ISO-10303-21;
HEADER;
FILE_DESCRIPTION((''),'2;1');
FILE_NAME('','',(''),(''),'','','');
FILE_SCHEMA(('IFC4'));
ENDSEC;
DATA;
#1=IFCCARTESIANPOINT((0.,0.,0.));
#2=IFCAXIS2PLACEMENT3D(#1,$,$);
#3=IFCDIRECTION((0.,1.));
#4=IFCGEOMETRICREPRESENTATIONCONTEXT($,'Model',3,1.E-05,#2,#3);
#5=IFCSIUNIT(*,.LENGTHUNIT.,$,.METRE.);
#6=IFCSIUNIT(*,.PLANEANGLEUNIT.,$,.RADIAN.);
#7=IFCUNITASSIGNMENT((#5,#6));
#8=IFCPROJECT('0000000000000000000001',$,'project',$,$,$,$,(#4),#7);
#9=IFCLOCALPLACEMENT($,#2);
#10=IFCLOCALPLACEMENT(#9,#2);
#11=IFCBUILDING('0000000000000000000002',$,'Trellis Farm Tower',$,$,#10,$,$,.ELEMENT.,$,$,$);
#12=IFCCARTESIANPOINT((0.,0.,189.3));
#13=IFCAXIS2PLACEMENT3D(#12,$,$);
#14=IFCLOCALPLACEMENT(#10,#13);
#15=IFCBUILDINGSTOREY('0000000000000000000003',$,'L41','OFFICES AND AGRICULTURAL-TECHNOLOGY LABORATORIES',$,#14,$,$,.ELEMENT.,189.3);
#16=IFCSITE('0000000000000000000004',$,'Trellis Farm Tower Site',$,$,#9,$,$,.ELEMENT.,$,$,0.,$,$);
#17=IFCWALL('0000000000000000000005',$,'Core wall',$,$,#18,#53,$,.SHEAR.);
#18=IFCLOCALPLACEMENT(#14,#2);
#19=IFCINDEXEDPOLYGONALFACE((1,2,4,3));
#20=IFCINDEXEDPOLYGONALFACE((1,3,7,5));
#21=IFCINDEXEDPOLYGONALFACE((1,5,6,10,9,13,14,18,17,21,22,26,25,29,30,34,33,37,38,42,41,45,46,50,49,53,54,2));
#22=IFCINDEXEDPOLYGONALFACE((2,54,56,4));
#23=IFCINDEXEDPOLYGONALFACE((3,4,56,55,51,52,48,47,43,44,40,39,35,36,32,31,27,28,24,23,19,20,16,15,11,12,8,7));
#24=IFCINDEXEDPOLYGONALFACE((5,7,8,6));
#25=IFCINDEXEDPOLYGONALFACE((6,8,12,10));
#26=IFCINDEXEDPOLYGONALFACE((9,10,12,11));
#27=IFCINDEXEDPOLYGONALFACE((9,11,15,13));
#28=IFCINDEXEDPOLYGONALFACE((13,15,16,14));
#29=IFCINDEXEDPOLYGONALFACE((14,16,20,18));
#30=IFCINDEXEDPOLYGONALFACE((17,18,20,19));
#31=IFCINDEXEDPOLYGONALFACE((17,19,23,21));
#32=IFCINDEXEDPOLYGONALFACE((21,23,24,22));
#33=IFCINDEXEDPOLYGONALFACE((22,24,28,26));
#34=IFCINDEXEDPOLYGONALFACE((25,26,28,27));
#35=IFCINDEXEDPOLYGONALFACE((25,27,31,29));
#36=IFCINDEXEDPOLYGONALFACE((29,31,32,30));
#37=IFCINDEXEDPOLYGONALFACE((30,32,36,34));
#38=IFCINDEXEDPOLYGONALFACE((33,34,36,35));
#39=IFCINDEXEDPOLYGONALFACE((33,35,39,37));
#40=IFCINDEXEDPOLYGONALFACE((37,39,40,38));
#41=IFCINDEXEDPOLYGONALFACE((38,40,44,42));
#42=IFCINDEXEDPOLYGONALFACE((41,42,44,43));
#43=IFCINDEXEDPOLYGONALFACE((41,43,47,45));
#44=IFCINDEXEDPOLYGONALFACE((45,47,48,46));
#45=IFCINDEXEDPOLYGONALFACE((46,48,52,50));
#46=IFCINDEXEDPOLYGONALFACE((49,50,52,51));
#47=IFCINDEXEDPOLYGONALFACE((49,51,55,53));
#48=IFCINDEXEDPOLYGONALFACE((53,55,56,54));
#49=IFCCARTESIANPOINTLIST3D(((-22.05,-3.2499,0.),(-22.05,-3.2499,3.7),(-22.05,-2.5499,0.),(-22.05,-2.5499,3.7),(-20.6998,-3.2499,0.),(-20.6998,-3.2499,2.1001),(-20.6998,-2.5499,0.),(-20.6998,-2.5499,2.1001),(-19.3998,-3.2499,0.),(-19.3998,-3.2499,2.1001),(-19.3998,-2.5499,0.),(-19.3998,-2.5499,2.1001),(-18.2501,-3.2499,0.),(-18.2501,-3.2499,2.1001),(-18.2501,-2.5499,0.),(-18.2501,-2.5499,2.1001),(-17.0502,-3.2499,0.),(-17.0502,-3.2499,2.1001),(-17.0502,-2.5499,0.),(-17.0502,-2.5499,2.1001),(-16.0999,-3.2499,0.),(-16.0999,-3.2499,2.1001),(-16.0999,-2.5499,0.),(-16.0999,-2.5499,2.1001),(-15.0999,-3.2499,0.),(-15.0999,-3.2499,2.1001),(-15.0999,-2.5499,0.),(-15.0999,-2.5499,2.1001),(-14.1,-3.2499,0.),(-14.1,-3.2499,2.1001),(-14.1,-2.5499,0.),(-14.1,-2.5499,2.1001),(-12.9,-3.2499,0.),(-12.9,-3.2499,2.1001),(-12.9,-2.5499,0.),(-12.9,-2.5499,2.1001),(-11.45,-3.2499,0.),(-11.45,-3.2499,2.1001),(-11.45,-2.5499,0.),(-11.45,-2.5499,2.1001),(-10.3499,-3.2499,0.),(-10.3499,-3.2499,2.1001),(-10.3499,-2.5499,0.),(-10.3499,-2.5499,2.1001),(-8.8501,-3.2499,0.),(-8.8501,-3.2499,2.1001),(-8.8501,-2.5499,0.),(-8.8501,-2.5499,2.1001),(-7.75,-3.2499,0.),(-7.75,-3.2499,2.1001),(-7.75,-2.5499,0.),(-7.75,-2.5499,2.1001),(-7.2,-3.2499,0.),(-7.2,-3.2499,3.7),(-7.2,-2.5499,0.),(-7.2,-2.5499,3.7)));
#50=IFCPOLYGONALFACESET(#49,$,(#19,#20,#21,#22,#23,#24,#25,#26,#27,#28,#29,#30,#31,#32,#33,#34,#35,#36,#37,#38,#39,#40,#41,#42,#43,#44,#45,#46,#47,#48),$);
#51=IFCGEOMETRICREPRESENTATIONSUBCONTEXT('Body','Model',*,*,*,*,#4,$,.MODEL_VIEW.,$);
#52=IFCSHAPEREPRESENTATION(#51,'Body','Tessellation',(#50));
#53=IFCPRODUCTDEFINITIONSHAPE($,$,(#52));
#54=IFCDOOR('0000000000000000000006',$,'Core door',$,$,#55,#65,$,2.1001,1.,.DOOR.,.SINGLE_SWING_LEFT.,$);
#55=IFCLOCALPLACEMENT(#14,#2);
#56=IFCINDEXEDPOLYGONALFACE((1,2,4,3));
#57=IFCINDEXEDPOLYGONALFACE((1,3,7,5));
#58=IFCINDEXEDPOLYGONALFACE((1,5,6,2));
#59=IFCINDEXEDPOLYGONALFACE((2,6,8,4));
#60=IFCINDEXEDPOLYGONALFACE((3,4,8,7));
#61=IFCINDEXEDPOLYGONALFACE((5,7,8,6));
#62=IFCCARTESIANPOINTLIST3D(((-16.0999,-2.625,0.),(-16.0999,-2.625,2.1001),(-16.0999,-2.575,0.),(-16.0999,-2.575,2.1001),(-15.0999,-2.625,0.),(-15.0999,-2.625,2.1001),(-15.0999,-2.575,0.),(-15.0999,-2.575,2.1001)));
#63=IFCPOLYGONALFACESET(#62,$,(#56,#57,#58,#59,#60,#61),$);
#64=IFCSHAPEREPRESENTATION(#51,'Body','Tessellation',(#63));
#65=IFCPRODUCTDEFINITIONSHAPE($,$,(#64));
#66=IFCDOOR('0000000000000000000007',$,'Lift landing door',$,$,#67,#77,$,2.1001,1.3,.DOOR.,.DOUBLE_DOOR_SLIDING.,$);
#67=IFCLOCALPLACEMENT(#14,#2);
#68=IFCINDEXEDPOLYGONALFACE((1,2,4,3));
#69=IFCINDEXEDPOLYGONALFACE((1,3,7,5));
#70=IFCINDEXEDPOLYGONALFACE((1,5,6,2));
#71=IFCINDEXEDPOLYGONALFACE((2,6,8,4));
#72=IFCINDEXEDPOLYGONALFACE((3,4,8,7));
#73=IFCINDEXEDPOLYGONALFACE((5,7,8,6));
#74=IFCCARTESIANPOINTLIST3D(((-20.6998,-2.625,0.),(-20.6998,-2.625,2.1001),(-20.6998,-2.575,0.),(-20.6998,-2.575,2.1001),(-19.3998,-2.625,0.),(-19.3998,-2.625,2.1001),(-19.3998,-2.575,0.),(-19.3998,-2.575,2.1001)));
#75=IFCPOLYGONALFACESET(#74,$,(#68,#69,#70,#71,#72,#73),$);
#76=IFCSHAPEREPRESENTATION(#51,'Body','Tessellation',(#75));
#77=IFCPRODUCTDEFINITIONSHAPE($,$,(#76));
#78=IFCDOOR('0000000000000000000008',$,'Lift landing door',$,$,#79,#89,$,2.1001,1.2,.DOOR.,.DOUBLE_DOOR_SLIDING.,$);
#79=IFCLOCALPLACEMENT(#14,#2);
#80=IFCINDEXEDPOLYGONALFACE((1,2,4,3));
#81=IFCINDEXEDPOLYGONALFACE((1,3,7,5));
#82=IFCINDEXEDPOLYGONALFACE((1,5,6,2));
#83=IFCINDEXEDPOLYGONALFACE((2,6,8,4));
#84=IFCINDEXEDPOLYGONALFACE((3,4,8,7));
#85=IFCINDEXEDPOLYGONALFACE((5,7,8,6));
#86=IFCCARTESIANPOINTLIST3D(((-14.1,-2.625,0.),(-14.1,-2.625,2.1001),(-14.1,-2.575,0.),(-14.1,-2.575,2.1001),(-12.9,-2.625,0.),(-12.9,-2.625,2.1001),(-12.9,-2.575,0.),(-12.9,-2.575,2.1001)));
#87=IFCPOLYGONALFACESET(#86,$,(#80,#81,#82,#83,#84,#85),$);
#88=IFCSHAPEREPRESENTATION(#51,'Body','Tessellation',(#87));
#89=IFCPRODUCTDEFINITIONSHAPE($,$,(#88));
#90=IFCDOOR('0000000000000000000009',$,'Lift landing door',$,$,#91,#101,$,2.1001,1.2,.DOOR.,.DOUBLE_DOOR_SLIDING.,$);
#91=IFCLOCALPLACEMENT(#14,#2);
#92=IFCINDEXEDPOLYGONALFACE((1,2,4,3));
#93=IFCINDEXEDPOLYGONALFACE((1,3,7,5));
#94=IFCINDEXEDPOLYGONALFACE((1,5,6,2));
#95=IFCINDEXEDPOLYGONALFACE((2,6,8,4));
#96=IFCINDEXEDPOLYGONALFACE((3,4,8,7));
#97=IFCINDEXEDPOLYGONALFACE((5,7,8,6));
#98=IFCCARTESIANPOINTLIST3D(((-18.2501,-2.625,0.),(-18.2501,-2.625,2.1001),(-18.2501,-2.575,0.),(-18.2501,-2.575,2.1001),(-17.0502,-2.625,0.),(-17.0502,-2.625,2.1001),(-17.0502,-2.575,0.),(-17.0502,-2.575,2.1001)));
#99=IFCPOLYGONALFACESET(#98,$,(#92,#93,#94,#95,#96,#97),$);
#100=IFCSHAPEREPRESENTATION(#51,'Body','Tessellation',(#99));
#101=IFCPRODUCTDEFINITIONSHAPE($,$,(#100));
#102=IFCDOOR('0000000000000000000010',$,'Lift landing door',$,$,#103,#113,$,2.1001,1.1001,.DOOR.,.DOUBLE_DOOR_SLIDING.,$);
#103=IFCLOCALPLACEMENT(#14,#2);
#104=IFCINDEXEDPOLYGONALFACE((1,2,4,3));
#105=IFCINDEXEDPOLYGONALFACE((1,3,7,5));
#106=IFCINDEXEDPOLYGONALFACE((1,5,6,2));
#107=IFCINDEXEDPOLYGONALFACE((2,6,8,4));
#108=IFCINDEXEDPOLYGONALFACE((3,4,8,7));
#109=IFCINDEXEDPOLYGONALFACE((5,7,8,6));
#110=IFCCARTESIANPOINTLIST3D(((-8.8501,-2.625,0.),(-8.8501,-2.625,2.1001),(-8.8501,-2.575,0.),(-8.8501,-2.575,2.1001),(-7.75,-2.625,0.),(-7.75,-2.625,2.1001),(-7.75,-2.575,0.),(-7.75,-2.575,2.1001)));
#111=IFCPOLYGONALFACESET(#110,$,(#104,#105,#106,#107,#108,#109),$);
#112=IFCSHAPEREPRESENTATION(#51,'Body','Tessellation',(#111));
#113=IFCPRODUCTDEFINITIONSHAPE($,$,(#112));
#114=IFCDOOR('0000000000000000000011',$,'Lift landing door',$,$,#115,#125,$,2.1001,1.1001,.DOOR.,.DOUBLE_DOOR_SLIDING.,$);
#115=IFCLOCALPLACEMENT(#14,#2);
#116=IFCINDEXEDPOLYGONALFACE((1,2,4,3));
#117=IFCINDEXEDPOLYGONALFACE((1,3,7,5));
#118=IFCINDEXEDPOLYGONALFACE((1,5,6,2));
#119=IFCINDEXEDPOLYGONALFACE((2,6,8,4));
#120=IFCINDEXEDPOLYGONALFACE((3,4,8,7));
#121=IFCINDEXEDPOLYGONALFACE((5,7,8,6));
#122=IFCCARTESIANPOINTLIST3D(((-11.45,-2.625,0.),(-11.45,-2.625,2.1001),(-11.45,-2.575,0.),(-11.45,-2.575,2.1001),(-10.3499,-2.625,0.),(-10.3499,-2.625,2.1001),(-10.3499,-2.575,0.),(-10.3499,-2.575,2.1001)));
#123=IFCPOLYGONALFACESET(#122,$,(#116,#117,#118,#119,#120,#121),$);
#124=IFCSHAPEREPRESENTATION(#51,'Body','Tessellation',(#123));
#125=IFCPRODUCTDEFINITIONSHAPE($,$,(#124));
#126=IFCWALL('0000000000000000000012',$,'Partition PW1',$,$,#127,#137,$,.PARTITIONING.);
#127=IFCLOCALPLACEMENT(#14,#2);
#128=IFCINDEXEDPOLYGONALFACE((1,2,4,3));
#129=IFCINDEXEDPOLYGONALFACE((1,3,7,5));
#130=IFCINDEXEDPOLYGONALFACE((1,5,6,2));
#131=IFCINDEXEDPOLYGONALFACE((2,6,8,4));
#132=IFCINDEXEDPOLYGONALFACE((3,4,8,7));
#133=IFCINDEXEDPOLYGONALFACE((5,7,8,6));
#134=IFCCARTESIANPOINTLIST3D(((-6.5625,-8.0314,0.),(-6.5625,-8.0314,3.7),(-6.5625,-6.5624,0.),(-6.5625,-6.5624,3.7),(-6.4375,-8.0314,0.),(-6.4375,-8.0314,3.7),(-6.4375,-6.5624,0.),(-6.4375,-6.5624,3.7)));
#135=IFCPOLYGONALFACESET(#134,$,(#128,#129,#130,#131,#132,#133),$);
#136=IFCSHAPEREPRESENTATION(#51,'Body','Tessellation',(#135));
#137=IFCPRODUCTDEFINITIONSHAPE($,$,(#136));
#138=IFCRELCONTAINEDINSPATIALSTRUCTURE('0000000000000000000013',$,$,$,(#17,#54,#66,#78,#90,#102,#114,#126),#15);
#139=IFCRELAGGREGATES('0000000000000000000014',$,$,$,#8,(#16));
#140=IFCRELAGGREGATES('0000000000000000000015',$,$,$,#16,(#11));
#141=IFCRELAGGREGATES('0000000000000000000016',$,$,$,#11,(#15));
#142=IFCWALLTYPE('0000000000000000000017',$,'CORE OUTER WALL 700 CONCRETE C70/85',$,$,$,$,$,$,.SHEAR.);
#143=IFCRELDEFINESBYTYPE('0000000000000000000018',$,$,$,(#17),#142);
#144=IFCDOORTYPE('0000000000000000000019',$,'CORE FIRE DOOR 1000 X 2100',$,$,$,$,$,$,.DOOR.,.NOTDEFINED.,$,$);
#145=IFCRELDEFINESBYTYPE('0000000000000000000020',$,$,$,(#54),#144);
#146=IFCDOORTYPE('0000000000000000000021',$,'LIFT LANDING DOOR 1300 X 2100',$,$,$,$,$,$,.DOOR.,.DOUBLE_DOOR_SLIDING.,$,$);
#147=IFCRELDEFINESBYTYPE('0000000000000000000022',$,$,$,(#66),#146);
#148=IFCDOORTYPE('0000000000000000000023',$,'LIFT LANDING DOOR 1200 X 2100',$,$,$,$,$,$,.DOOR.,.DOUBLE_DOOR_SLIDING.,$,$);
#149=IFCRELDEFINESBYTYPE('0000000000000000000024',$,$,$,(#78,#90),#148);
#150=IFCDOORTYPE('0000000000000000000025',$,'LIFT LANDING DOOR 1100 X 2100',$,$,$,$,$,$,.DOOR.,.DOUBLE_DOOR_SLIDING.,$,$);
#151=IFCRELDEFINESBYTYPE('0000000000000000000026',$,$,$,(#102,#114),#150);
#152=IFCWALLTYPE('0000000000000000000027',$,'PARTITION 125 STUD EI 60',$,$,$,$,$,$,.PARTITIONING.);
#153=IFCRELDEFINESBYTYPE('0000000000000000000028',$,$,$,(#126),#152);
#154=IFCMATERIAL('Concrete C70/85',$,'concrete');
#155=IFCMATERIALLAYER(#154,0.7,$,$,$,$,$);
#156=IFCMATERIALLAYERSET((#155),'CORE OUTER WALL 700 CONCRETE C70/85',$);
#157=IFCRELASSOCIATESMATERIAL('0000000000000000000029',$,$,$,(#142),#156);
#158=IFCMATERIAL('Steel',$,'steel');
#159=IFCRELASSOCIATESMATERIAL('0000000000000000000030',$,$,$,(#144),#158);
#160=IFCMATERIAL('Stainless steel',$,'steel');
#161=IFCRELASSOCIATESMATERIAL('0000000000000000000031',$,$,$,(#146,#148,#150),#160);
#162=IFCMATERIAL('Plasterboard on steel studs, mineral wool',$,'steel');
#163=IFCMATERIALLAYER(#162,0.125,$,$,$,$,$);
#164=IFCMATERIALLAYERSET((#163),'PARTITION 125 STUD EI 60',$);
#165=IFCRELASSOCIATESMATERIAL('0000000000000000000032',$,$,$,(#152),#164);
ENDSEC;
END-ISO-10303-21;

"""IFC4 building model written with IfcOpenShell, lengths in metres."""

from ifc_helpers import new_model, si_unit, direction, frame, frame_2d, origin, place, context, subcontext, project, spatial, rectangle, extrude, source, transform, mapped, material, layer, layer_set, type_object, element, fill, save


model = new_model("IFC4")

# Units and contexts
model_context = context("Model", 3, precision=1e-05, world=origin(), true_north=direction((0.0, 1.0)))
body_context = subcontext(model_context, "Body", "Model", "MODEL_VIEW")
ifc_project = project(units=[si_unit("LENGTHUNIT", "METRE"), si_unit("PLANEANGLEUNIT", "RADIAN")], contexts=[model_context])

# Site, building, storey
site_placement = place(None, origin())
site = spatial("IfcSite", under=ifc_project, at=site_placement, Name="Trellis Farm Tower Site", CompositionType="ELEMENT", RefElevation=0.0)
building_placement = place(site_placement, origin())
building = spatial("IfcBuilding", under=site, at=building_placement, Name="Trellis Farm Tower", CompositionType="ELEMENT")
storey_placement = place(building_placement, frame((0.0, 0.0, 189.3)))
storey = spatial("IfcBuildingStorey", under=building, at=storey_placement, Name="L41", Description="OFFICES AND AGRICULTURAL-TECHNOLOGY LABORATORIES", CompositionType="ELEMENT", Elevation=189.3)

# Shared definitions
ifc_material_1 = material(Name="Concrete C70/85", Category="concrete")

# Wall, openings, doors
ifc_layer_1 = layer(ifc_material_1, 0.7)
ifc_layer_set_1 = layer_set([ifc_layer_1], Name="CORE OUTER WALL 700 CONCRETE C70/85")
wall_type_1 = type_object("IfcWallType", Name="CORE OUTER WALL 700 CONCRETE C70/85", PredefinedType="SHEAR", material=ifc_layer_set_1)
shared_shape_1 = source(origin(), body_context, "Body", "SweptSolid", [
    extrude(rectangle(XDim=14.8501, YDim=0.7, at=frame_2d((7.425, 0.0))), origin(), (0.0, 0.0, 1.0), 3.7),
])
wall_1_placement = place(storey_placement, frame((-7.2, -2.8999, 0.0), z_axis=(0.0, 0.0, 1.0), x_axis=(-1.0, 0.0, 0.0)))
wall_1 = element("IfcWall", 1, at=wall_1_placement, inside=storey, type_object=wall_type_1, Name="Core wall", PredefinedType="SHEAR", context=body_context, shape_type="MappedRepresentation", body=[
    mapped(shared_shape_1, transform((0.0, 0.0, 0.0))),
])
shared_shape_2 = source(origin(), body_context, "Body", "SweptSolid", [
    extrude(rectangle(XDim=1.1001, YDim=2.1001, at=frame_2d((0.55, 1.05))), frame((0.0, 0.3601, 0.0), z_axis=(0.0, -1.0, 0.0), x_axis=(1.0, 0.0, 0.0)), (0.0, 0.0, 1.0), 0.7202),
])
opening_1_placement = place(wall_1_placement, frame((0.55, 0.0, 0.0)))
opening_1 = element("IfcOpeningElement", 2, at=opening_1_placement, cuts=wall_1, PredefinedType="OPENING", context=body_context, shape_type="MappedRepresentation", body=[
    mapped(shared_shape_2, transform((0.0, 0.0, 0.0))),
])
opening_2_placement = place(wall_1_placement, frame((3.1499, 0.0, 0.0)))
opening_2 = element("IfcOpeningElement", 3, at=opening_2_placement, cuts=wall_1, PredefinedType="OPENING", context=body_context, shape_type="MappedRepresentation", body=[
    mapped(shared_shape_2, transform((0.0, 0.0, 0.0))),
])
shared_shape_3 = source(origin(), body_context, "Body", "SweptSolid", [
    extrude(rectangle(XDim=1.2, YDim=2.1001, at=frame_2d((0.6001, 1.05))), frame((0.0, 0.3601, 0.0), z_axis=(0.0, -1.0, 0.0), x_axis=(1.0, 0.0, 0.0)), (0.0, 0.0, 1.0), 0.7202),
])
opening_3_placement = place(wall_1_placement, frame((5.7, 0.0, 0.0)))
opening_3 = element("IfcOpeningElement", 4, at=opening_3_placement, cuts=wall_1, PredefinedType="OPENING", context=body_context, shape_type="MappedRepresentation", body=[
    mapped(shared_shape_3, transform((0.0, 0.0, 0.0))),
])
shared_shape_4 = source(origin(), body_context, "Body", "SweptSolid", [
    extrude(rectangle(XDim=1.3, YDim=2.1001, at=frame_2d((0.6499, 1.05))), frame((0.0, 0.3601, 0.0), z_axis=(0.0, -1.0, 0.0), x_axis=(1.0, 0.0, 0.0)), (0.0, 0.0, 1.0), 0.7202),
])
opening_4_placement = place(wall_1_placement, frame((12.2, 0.0, 0.0)))
opening_4 = element("IfcOpeningElement", 5, at=opening_4_placement, cuts=wall_1, PredefinedType="OPENING", context=body_context, shape_type="MappedRepresentation", body=[
    mapped(shared_shape_4, transform((0.0, 0.0, 0.0))),
])
opening_5_placement = place(wall_1_placement, frame((9.8501, 0.0, 0.0)))
opening_5 = element("IfcOpeningElement", 6, at=opening_5_placement, cuts=wall_1, PredefinedType="OPENING", context=body_context, shape_type="MappedRepresentation", body=[
    mapped(shared_shape_3, transform((0.0, 0.0, 0.0))),
])
shared_shape_5 = source(origin(), body_context, "Body", "SweptSolid", [
    extrude(rectangle(XDim=1.0, YDim=2.1001, at=frame_2d((0.5, 1.05))), frame((0.0, 0.3601, 0.0), z_axis=(0.0, -1.0, 0.0), x_axis=(1.0, 0.0, 0.0)), (0.0, 0.0, 1.0), 0.7202),
])
opening_6_placement = place(wall_1_placement, frame((7.8999, 0.0, 0.0)))
opening_6 = element("IfcOpeningElement", 7, at=opening_6_placement, cuts=wall_1, PredefinedType="OPENING", context=body_context, shape_type="MappedRepresentation", body=[
    mapped(shared_shape_5, transform((0.0, 0.0, 0.0))),
])
ifc_material_2 = material(Name="Steel", Category="steel")
door_type_1 = type_object("IfcDoorType", Name="CORE FIRE DOOR 1000 X 2100", OperationType="NOTDEFINED", PredefinedType="DOOR", material=ifc_material_2)
shared_shape_6 = source(origin(), body_context, "Body", "SweptSolid", [
    extrude(rectangle(XDim=1.0, YDim=2.1001, at=frame_2d((0.5, 1.05))), frame((0.0, -0.2749, 0.0), z_axis=(0.0, -1.0, 0.0), x_axis=(1.0, 0.0, 0.0)), (0.0, 0.0, 1.0), 0.05),
])
door_1_placement = place(opening_6_placement, origin())
door_1 = element("IfcDoor", 8, at=door_1_placement, inside=storey, type_object=door_type_1, Name="Core door", OperationType="SINGLE_SWING_LEFT", OverallHeight=2.1001, OverallWidth=1.0, PredefinedType="DOOR", context=body_context, shape_type="MappedRepresentation", body=[
    mapped(shared_shape_6, transform((0.0, 0.0, 0.0))),
])
fill(opening_6, door_1)
ifc_material_3 = material(Name="Stainless steel", Category="steel")
door_type_2 = type_object("IfcDoorType", Name="LIFT LANDING DOOR 1300 X 2100", OperationType="DOUBLE_DOOR_SLIDING", PredefinedType="DOOR", material=ifc_material_3)
shared_shape_7 = source(origin(), body_context, "Body", "SweptSolid", [
    extrude(rectangle(XDim=1.3, YDim=2.1001, at=frame_2d((0.6499, 1.05))), frame((0.0, -0.2749, 0.0), z_axis=(0.0, -1.0, 0.0), x_axis=(1.0, 0.0, 0.0)), (0.0, 0.0, 1.0), 0.05),
])
door_2_placement = place(opening_4_placement, origin())
door_2 = element("IfcDoor", 9, at=door_2_placement, inside=storey, type_object=door_type_2, Name="Lift landing door", OperationType="DOUBLE_DOOR_SLIDING", OverallHeight=2.1001, OverallWidth=1.3, PredefinedType="DOOR", context=body_context, shape_type="MappedRepresentation", body=[
    mapped(shared_shape_7, transform((0.0, 0.0, 0.0))),
])
fill(opening_4, door_2)
door_type_3 = type_object("IfcDoorType", Name="LIFT LANDING DOOR 1200 X 2100", OperationType="DOUBLE_DOOR_SLIDING", PredefinedType="DOOR", material=ifc_material_3)
shared_shape_8 = source(origin(), body_context, "Body", "SweptSolid", [
    extrude(rectangle(XDim=1.2, YDim=2.1001, at=frame_2d((0.6001, 1.05))), frame((0.0, -0.2749, 0.0), z_axis=(0.0, -1.0, 0.0), x_axis=(1.0, 0.0, 0.0)), (0.0, 0.0, 1.0), 0.05),
])
door_3_placement = place(opening_3_placement, origin())
door_3 = element("IfcDoor", 10, at=door_3_placement, inside=storey, type_object=door_type_3, Name="Lift landing door", OperationType="DOUBLE_DOOR_SLIDING", OverallHeight=2.1001, OverallWidth=1.2, PredefinedType="DOOR", context=body_context, shape_type="MappedRepresentation", body=[
    mapped(shared_shape_8, transform((0.0, 0.0, 0.0))),
])
fill(opening_3, door_3)
door_4_placement = place(opening_5_placement, origin())
door_4 = element("IfcDoor", 11, at=door_4_placement, inside=storey, type_object=door_type_3, Name="Lift landing door", OperationType="DOUBLE_DOOR_SLIDING", OverallHeight=2.1001, OverallWidth=1.2, PredefinedType="DOOR", context=body_context, shape_type="MappedRepresentation", body=[
    mapped(shared_shape_8, transform((0.0, 0.0, 0.0))),
])
fill(opening_5, door_4)
door_type_4 = type_object("IfcDoorType", Name="LIFT LANDING DOOR 1100 X 2100", OperationType="DOUBLE_DOOR_SLIDING", PredefinedType="DOOR", material=ifc_material_3)
shared_shape_9 = source(origin(), body_context, "Body", "SweptSolid", [
    extrude(rectangle(XDim=1.1001, YDim=2.1001, at=frame_2d((0.55, 1.05))), frame((0.0, -0.2749, 0.0), z_axis=(0.0, -1.0, 0.0), x_axis=(1.0, 0.0, 0.0)), (0.0, 0.0, 1.0), 0.05),
])
door_5_placement = place(opening_1_placement, origin())
door_5 = element("IfcDoor", 12, at=door_5_placement, inside=storey, type_object=door_type_4, Name="Lift landing door", OperationType="DOUBLE_DOOR_SLIDING", OverallHeight=2.1001, OverallWidth=1.1001, PredefinedType="DOOR", context=body_context, shape_type="MappedRepresentation", body=[
    mapped(shared_shape_9, transform((0.0, 0.0, 0.0))),
])
fill(opening_1, door_5)
door_6_placement = place(opening_2_placement, origin())
door_6 = element("IfcDoor", 13, at=door_6_placement, inside=storey, type_object=door_type_4, Name="Lift landing door", OperationType="DOUBLE_DOOR_SLIDING", OverallHeight=2.1001, OverallWidth=1.1001, PredefinedType="DOOR", context=body_context, shape_type="MappedRepresentation", body=[
    mapped(shared_shape_9, transform((0.0, 0.0, 0.0))),
])
fill(opening_2, door_6)

# Wall
ifc_material_4 = material(Name="Plasterboard on steel studs, mineral wool", Category="steel")
ifc_layer_2 = layer(ifc_material_4, 0.125)
ifc_layer_set_2 = layer_set([ifc_layer_2], Name="PARTITION 125 STUD EI 60")
wall_type_2 = type_object("IfcWallType", Name="PARTITION 125 STUD EI 60", PredefinedType="PARTITIONING", material=ifc_layer_set_2)
shared_shape_10 = source(origin(), body_context, "Body", "SweptSolid", [
    extrude(rectangle(XDim=1.469, YDim=0.125, at=frame_2d((0.7344, 0.0))), origin(), (0.0, 0.0, 1.0), 3.7),
])
wall_2_placement = place(storey_placement, frame((-6.5, -6.5625, 0.0), z_axis=(0.0, 0.0, 1.0), x_axis=(0.0, -1.0, 0.0)))
element("IfcWall", 14, at=wall_2_placement, inside=storey, type_object=wall_type_2, Name="Partition PW1", PredefinedType="PARTITIONING", context=body_context, shape_type="MappedRepresentation", body=[
    mapped(shared_shape_10, transform((0.0, 0.0, 0.0))),
])

save(model, "model.ifc")
